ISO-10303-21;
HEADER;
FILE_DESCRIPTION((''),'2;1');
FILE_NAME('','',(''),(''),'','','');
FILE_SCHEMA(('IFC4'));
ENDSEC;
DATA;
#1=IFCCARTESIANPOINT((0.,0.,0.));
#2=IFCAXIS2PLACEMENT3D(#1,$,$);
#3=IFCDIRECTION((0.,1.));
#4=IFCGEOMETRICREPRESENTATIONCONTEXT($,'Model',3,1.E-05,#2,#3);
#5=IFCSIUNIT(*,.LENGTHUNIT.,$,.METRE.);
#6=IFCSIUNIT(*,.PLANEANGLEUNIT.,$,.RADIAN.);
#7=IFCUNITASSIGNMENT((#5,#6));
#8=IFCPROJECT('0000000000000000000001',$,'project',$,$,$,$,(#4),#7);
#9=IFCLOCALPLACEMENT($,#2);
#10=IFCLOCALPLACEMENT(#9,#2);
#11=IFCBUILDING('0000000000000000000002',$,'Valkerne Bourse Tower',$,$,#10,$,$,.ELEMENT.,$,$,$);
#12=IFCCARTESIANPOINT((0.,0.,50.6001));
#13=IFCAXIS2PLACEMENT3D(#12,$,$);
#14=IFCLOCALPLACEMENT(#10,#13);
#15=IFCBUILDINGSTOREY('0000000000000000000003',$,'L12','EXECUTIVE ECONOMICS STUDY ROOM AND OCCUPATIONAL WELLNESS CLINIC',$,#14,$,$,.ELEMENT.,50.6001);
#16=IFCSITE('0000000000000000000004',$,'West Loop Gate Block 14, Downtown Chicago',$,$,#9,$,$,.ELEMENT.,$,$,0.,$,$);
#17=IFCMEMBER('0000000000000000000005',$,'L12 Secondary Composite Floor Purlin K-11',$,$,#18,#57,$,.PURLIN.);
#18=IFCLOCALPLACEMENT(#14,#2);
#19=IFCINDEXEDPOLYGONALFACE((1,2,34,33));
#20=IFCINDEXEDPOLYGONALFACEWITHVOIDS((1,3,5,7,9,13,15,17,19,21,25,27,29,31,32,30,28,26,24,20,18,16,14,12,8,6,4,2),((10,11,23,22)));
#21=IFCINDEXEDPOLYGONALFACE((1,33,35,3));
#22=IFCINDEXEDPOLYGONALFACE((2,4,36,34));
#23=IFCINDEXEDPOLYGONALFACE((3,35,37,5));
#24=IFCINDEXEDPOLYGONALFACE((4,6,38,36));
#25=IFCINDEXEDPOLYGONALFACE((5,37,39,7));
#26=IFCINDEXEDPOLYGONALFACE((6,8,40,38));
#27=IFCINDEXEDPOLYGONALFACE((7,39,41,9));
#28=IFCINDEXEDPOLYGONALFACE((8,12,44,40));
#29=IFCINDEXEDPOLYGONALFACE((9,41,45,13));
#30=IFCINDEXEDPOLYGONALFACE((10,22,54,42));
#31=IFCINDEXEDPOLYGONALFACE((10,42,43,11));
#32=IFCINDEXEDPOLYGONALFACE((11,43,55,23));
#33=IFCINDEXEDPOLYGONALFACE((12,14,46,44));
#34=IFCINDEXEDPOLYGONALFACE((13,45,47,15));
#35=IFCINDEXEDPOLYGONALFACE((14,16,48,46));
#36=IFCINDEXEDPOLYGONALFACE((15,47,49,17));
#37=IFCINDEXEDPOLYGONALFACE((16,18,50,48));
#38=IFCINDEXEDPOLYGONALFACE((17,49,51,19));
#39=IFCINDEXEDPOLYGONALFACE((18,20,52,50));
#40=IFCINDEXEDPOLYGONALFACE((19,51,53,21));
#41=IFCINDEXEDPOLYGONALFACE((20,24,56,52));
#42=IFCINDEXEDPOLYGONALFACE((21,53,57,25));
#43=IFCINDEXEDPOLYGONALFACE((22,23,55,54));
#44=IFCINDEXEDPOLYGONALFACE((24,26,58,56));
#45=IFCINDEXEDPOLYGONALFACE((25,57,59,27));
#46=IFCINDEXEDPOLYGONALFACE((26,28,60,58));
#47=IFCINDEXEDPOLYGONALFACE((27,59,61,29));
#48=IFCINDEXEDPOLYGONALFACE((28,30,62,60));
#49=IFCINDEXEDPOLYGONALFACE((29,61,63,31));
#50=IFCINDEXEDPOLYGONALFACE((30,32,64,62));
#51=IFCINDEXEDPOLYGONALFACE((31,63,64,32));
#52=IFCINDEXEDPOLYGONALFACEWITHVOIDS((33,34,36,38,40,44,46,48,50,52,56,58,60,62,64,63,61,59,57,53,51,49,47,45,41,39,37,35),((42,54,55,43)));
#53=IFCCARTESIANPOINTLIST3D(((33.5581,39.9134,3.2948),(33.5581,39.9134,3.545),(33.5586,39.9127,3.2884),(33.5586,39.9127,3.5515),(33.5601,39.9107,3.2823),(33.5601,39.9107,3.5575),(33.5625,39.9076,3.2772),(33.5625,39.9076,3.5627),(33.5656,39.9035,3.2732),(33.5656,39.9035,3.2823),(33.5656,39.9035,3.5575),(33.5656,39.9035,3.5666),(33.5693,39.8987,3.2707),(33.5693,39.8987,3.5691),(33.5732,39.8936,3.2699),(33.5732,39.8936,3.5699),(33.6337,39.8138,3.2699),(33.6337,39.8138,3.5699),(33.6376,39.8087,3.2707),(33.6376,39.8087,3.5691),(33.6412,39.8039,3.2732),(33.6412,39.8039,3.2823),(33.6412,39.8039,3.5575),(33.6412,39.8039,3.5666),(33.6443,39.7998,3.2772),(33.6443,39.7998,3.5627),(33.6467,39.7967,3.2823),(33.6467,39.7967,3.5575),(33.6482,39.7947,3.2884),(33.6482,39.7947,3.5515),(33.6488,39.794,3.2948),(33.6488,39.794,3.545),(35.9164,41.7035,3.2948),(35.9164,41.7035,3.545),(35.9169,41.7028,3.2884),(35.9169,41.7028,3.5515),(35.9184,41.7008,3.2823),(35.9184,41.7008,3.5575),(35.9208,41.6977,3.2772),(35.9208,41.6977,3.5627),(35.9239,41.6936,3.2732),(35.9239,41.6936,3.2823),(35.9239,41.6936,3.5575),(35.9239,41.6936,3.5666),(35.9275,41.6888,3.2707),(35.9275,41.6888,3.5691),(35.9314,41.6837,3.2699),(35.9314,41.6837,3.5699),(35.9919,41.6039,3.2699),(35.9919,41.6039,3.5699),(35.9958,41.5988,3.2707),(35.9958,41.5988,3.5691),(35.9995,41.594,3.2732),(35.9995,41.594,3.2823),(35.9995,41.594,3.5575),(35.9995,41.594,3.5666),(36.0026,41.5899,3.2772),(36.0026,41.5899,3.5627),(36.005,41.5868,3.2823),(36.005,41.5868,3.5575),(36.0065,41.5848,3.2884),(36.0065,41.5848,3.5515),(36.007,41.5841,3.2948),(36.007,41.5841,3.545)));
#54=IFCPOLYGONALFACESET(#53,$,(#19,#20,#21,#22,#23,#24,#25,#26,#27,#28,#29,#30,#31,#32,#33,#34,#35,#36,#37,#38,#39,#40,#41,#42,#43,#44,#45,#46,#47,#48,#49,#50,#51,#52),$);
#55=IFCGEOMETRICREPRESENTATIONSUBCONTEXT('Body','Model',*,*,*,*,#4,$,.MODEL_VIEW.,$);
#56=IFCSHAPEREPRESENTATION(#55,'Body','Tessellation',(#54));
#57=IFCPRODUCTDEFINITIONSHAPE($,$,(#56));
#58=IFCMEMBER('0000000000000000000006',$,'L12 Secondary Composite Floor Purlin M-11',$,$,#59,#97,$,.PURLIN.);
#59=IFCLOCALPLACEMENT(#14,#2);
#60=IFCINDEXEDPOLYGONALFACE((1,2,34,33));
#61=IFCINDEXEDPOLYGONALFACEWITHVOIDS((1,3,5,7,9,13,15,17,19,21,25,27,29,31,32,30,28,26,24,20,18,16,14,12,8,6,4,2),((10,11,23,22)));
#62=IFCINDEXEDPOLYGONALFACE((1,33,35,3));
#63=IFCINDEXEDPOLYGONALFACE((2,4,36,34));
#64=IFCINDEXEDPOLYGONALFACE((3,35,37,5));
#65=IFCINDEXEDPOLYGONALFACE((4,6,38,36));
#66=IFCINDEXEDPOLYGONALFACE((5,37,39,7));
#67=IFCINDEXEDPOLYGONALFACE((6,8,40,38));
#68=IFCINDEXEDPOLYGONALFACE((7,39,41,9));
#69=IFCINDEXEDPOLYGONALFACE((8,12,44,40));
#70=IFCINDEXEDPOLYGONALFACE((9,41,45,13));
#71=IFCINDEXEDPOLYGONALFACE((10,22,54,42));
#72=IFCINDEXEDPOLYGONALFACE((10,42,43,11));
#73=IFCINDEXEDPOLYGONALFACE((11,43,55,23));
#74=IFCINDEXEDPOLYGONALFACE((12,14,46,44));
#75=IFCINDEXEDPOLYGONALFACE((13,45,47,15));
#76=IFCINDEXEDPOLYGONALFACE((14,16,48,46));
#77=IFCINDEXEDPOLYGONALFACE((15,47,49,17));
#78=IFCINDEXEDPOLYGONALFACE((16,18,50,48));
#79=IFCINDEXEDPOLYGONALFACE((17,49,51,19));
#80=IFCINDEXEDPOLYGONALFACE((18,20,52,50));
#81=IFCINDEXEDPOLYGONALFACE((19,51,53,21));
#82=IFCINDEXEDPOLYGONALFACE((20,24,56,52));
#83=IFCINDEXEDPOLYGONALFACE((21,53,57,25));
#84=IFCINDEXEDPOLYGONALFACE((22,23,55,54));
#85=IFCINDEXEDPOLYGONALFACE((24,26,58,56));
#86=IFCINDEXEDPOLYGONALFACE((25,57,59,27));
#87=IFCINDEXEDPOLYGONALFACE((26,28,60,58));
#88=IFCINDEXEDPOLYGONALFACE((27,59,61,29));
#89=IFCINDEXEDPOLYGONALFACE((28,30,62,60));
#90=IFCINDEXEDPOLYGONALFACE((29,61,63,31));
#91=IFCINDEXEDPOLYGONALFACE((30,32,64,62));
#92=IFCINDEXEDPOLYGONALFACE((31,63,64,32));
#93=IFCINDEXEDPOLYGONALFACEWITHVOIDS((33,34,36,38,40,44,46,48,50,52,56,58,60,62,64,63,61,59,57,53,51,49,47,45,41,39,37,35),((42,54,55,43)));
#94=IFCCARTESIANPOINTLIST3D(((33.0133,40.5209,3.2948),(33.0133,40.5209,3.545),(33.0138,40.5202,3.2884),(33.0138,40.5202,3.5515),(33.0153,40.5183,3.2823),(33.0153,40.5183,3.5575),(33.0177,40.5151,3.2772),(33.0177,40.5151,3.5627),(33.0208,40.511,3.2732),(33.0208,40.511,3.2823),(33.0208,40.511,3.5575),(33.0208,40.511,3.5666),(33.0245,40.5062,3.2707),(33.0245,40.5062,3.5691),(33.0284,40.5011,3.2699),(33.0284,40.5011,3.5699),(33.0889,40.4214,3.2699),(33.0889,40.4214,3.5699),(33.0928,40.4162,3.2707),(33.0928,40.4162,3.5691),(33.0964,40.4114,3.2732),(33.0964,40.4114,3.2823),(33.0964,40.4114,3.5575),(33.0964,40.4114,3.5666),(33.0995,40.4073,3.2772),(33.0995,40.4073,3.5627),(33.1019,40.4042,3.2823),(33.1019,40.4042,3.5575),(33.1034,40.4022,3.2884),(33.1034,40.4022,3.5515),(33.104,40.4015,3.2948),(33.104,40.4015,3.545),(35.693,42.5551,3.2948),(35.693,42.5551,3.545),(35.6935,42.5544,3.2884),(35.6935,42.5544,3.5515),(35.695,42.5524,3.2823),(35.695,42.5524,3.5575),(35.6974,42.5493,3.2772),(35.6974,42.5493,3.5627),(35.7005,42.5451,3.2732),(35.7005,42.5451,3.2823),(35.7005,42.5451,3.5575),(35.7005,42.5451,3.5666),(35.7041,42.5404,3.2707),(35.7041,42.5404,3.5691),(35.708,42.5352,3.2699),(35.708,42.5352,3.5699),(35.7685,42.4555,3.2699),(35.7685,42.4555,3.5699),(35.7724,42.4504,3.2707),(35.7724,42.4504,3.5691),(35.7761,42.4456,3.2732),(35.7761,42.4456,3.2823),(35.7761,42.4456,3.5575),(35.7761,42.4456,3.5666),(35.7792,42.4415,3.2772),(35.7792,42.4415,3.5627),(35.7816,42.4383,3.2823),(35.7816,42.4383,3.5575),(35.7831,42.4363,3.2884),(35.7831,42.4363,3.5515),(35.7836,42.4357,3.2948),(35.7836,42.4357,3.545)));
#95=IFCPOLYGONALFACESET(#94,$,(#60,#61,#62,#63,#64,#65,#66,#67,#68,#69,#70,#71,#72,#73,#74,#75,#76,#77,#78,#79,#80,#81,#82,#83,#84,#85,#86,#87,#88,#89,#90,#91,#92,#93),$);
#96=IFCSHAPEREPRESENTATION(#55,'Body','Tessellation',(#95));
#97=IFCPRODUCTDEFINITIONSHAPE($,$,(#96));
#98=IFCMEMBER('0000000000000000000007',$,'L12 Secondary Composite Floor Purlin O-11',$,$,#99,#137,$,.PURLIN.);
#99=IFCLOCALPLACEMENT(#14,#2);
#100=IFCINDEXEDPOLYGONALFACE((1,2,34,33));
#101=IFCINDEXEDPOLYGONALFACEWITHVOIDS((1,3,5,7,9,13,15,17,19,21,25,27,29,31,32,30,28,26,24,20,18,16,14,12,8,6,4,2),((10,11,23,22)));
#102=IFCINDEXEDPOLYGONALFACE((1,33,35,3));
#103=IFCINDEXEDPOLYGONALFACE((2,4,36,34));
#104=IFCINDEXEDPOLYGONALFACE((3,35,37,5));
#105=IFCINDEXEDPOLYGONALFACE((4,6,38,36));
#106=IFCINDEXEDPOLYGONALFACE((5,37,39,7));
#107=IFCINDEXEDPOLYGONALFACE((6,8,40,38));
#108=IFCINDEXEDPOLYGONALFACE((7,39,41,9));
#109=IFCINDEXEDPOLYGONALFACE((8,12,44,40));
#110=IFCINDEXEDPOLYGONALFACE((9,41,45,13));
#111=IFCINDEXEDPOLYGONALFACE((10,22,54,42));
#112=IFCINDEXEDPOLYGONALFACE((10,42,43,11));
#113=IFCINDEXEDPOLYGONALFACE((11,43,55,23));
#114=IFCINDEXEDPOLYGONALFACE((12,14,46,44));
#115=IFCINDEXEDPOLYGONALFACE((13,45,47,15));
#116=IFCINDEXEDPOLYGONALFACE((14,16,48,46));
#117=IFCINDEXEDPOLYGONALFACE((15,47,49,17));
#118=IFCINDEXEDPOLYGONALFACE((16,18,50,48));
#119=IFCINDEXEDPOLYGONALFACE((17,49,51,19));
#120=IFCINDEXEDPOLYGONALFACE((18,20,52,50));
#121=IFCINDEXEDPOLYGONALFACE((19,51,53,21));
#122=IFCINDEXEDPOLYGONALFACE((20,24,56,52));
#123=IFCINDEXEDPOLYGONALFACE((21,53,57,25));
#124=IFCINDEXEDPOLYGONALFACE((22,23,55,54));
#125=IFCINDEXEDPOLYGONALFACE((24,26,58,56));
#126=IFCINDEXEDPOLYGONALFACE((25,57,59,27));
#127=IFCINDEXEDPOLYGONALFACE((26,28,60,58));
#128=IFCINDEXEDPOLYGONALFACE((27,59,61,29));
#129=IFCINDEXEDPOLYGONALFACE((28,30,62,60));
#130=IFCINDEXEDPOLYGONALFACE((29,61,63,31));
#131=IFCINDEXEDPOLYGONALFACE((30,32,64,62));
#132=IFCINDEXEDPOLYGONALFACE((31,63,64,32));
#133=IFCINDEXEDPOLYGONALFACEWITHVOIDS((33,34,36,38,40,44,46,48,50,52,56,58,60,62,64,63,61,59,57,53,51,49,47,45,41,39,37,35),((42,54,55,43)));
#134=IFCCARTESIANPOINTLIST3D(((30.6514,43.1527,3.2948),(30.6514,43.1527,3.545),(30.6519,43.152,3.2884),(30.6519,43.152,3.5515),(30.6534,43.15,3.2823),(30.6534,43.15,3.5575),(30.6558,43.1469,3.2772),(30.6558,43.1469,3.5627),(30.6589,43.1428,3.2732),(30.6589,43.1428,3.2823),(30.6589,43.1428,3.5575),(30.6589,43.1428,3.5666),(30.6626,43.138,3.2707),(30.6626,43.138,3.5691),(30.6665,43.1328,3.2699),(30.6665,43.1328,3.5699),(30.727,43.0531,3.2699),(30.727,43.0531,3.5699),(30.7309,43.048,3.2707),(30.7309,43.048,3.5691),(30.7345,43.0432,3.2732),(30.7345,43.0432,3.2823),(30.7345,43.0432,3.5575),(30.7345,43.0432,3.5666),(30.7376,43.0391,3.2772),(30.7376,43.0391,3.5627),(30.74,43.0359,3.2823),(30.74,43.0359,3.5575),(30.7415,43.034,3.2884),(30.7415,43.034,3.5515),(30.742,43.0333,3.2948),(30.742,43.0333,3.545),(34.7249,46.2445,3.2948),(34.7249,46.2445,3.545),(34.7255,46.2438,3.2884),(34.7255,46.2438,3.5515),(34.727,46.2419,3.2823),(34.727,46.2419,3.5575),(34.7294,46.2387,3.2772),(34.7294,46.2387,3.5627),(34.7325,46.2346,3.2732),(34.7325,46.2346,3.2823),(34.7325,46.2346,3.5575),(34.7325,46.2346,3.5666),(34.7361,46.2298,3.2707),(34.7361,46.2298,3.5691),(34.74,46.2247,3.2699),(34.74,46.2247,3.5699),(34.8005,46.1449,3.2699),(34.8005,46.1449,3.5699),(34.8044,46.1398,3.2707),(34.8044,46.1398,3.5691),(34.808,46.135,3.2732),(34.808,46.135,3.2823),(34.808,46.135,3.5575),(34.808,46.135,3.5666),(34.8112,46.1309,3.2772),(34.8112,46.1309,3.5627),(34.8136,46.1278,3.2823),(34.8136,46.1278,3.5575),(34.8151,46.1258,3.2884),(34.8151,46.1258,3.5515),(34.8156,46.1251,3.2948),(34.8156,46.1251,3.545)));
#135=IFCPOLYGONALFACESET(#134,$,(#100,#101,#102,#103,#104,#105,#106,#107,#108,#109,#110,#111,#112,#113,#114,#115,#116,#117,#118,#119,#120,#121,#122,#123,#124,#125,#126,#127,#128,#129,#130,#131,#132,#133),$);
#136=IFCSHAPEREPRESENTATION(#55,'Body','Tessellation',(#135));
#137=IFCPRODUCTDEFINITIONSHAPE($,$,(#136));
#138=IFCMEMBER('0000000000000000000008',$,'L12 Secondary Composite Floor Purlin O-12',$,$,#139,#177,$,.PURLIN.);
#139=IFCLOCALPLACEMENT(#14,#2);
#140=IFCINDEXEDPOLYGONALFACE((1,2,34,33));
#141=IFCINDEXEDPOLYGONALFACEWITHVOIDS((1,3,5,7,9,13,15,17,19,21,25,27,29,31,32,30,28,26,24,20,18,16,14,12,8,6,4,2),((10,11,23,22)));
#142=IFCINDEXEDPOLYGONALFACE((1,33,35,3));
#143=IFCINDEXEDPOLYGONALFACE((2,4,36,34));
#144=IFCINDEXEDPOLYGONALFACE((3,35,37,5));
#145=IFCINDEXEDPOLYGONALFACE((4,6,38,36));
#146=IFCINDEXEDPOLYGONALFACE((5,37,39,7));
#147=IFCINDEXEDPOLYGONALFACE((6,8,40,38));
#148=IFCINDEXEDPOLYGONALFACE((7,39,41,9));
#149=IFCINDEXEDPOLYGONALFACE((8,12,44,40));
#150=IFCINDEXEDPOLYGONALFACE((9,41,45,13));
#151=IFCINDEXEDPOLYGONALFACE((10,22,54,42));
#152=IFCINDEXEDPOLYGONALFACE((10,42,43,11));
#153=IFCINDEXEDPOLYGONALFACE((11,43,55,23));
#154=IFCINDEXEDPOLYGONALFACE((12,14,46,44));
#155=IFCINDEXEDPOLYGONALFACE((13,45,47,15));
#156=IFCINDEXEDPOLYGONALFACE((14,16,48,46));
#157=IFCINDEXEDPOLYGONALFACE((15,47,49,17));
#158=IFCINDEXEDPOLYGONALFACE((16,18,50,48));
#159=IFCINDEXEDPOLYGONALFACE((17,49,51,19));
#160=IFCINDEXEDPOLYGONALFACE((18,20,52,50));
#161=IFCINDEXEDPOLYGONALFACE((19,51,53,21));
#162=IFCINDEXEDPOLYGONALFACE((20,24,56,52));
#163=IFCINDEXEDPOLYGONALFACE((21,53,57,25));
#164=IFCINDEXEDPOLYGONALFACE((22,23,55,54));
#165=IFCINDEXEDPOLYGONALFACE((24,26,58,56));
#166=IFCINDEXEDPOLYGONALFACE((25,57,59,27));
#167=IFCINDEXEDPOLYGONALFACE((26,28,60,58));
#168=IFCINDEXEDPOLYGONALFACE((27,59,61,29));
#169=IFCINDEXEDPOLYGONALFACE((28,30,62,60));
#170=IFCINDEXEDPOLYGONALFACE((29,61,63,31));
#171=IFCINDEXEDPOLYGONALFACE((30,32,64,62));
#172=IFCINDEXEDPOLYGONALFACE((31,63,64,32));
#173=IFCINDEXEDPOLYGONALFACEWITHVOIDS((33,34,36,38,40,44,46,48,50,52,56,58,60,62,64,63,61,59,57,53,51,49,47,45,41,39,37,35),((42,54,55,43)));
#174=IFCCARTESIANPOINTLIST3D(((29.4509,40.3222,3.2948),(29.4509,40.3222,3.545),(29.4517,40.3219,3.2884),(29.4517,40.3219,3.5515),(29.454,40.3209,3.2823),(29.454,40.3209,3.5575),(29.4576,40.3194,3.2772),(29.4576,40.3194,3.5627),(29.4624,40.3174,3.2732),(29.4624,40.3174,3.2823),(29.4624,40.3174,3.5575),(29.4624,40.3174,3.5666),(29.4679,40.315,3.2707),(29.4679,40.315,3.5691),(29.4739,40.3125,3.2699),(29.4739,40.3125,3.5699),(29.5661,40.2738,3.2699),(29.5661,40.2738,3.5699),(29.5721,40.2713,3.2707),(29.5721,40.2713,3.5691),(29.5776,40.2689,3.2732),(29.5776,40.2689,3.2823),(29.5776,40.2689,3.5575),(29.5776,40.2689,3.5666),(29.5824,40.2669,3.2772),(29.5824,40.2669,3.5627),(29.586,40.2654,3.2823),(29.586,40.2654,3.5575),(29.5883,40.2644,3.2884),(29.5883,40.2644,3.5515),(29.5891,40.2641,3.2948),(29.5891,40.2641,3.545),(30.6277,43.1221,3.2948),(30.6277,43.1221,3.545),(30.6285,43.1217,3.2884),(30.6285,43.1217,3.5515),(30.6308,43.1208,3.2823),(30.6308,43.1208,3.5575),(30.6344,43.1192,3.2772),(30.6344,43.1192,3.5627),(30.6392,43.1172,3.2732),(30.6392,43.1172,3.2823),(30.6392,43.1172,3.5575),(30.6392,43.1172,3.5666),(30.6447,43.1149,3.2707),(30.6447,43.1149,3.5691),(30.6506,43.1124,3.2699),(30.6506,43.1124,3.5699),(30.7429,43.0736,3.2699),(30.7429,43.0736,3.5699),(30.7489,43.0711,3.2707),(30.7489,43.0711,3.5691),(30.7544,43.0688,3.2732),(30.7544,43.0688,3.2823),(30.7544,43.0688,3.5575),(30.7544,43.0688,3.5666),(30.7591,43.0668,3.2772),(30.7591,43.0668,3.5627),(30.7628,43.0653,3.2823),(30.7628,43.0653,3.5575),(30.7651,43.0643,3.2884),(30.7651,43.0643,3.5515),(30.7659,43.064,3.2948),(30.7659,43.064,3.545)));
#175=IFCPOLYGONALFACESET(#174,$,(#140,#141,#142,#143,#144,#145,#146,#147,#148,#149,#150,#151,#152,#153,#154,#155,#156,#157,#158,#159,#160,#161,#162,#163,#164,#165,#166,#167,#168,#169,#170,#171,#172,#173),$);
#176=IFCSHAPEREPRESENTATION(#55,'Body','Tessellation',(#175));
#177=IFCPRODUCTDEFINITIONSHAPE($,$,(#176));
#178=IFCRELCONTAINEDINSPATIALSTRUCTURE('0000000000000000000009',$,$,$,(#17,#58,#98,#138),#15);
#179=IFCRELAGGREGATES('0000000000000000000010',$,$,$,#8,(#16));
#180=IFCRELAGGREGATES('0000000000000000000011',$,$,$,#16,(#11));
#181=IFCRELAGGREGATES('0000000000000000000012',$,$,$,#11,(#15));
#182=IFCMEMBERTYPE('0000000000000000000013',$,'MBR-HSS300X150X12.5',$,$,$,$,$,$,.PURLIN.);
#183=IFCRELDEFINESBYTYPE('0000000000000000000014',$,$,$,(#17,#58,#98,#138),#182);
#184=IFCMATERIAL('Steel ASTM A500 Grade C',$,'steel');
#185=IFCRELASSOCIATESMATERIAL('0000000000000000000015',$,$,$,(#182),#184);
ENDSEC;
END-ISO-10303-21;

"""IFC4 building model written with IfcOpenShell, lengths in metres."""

from ifc_helpers import new_model, si_unit, direction, frame, origin, origin_2d, place, context, subcontext, project, spatial, hollow_rectangle, extrude, material, material_profile, profile_set, type_object, element, save


model = new_model("IFC4")

# Units and contexts
model_context = context("Model", 3, precision=1e-05, world=origin(), true_north=direction((0.0, 1.0)))
body_context = subcontext(model_context, "Body", "Model", "MODEL_VIEW")
ifc_project = project(units=[si_unit("LENGTHUNIT", "METRE"), si_unit("PLANEANGLEUNIT", "RADIAN")], contexts=[model_context])

# Site, building, storey
site_placement = place(None, origin())
site = spatial("IfcSite", under=ifc_project, at=site_placement, Name="West Loop Gate Block 14, Downtown Chicago", CompositionType="ELEMENT", RefElevation=0.0)
building_placement = place(site_placement, origin())
building = spatial("IfcBuilding", under=site, at=building_placement, Name="Valkerne Bourse Tower", CompositionType="ELEMENT")
storey_placement = place(building_placement, frame((0.0, 0.0, 50.6001)))
storey = spatial("IfcBuildingStorey", under=building, at=storey_placement, Name="L12", Description="EXECUTIVE ECONOMICS STUDY ROOM AND OCCUPATIONAL WELLNESS CLINIC", CompositionType="ELEMENT", Elevation=50.6001)

# Members
ifc_material_1 = material(Name="Steel ASTM A500 Grade C", Category="steel")
ifc_material_profile_1 = material_profile(ifc_material_1, hollow_rectangle(XDim=0.1499, YDim=0.3, WallThickness=0.0125, OuterFilletRadius=0.0249, at=origin_2d()), Name="HSS300X150X12.5")
ifc_profile_set_1 = profile_set([ifc_material_profile_1], Name="Steel ASTM A500 Grade C")
member_type_1 = type_object("IfcMemberType", Name="MBR-HSS300X150X12.5", PredefinedType="PURLIN", material=ifc_profile_set_1)
member_1_placement = place(storey_placement, frame((35.9617, 41.6438, 3.4199), z_axis=(-0.796513, -0.604621, 0.0), x_axis=(0.604621, -0.796513, 0.0)))
element("IfcMember", 1, at=member_1_placement, inside=storey, type_object=member_type_1, Name="L12 Secondary Composite Floor Purlin K-11", PredefinedType="PURLIN", context=body_context, shape_type="SweptSolid", body=[
    extrude(hollow_rectangle(XDim=0.1499, YDim=0.3, WallThickness=0.0125, OuterFilletRadius=0.0249, at=origin_2d()), origin(), (0.0, 0.0, 1.0), 2.9607),
])
member_2_placement = place(storey_placement, frame((35.7383, 42.4954, 3.4199), z_axis=(-0.796503, -0.604634, 0.0), x_axis=(0.604634, -0.796503, 0.0)))
element("IfcMember", 2, at=member_2_placement, inside=storey, type_object=member_type_1, Name="L12 Secondary Composite Floor Purlin M-11", PredefinedType="PURLIN", context=body_context, shape_type="SweptSolid", body=[
    extrude(hollow_rectangle(XDim=0.1499, YDim=0.3, WallThickness=0.0125, OuterFilletRadius=0.0249, at=origin_2d()), origin(), (0.0, 0.0, 1.0), 3.3643),
])
member_3_placement = place(storey_placement, frame((34.7703, 46.1848, 3.4199), z_axis=(-0.796544, -0.604581, 0.0), x_axis=(0.604581, -0.796544, 0.0)))
element("IfcMember", 3, at=member_3_placement, inside=storey, type_object=member_type_1, Name="L12 Secondary Composite Floor Purlin O-11", PredefinedType="PURLIN", context=body_context, shape_type="SweptSolid", body=[
    extrude(hollow_rectangle(XDim=0.1499, YDim=0.3, WallThickness=0.0125, OuterFilletRadius=0.0249, at=origin_2d()), origin(), (0.0, 0.0, 1.0), 5.114),
])
member_4_placement = place(storey_placement, frame((30.6968, 43.093, 3.4199), z_axis=(-0.387468, -0.921883, 0.0), x_axis=(0.921883, -0.387468, 0.0)))
element("IfcMember", 4, at=member_4_placement, inside=storey, type_object=member_type_1, Name="L12 Secondary Composite Floor Purlin O-12", PredefinedType="PURLIN", context=body_context, shape_type="SweptSolid", body=[
    extrude(hollow_rectangle(XDim=0.1499, YDim=0.3, WallThickness=0.0125, OuterFilletRadius=0.0249, at=origin_2d()), origin(), (0.0, 0.0, 1.0), 3.0371),
])

save(model, "model.ifc")
